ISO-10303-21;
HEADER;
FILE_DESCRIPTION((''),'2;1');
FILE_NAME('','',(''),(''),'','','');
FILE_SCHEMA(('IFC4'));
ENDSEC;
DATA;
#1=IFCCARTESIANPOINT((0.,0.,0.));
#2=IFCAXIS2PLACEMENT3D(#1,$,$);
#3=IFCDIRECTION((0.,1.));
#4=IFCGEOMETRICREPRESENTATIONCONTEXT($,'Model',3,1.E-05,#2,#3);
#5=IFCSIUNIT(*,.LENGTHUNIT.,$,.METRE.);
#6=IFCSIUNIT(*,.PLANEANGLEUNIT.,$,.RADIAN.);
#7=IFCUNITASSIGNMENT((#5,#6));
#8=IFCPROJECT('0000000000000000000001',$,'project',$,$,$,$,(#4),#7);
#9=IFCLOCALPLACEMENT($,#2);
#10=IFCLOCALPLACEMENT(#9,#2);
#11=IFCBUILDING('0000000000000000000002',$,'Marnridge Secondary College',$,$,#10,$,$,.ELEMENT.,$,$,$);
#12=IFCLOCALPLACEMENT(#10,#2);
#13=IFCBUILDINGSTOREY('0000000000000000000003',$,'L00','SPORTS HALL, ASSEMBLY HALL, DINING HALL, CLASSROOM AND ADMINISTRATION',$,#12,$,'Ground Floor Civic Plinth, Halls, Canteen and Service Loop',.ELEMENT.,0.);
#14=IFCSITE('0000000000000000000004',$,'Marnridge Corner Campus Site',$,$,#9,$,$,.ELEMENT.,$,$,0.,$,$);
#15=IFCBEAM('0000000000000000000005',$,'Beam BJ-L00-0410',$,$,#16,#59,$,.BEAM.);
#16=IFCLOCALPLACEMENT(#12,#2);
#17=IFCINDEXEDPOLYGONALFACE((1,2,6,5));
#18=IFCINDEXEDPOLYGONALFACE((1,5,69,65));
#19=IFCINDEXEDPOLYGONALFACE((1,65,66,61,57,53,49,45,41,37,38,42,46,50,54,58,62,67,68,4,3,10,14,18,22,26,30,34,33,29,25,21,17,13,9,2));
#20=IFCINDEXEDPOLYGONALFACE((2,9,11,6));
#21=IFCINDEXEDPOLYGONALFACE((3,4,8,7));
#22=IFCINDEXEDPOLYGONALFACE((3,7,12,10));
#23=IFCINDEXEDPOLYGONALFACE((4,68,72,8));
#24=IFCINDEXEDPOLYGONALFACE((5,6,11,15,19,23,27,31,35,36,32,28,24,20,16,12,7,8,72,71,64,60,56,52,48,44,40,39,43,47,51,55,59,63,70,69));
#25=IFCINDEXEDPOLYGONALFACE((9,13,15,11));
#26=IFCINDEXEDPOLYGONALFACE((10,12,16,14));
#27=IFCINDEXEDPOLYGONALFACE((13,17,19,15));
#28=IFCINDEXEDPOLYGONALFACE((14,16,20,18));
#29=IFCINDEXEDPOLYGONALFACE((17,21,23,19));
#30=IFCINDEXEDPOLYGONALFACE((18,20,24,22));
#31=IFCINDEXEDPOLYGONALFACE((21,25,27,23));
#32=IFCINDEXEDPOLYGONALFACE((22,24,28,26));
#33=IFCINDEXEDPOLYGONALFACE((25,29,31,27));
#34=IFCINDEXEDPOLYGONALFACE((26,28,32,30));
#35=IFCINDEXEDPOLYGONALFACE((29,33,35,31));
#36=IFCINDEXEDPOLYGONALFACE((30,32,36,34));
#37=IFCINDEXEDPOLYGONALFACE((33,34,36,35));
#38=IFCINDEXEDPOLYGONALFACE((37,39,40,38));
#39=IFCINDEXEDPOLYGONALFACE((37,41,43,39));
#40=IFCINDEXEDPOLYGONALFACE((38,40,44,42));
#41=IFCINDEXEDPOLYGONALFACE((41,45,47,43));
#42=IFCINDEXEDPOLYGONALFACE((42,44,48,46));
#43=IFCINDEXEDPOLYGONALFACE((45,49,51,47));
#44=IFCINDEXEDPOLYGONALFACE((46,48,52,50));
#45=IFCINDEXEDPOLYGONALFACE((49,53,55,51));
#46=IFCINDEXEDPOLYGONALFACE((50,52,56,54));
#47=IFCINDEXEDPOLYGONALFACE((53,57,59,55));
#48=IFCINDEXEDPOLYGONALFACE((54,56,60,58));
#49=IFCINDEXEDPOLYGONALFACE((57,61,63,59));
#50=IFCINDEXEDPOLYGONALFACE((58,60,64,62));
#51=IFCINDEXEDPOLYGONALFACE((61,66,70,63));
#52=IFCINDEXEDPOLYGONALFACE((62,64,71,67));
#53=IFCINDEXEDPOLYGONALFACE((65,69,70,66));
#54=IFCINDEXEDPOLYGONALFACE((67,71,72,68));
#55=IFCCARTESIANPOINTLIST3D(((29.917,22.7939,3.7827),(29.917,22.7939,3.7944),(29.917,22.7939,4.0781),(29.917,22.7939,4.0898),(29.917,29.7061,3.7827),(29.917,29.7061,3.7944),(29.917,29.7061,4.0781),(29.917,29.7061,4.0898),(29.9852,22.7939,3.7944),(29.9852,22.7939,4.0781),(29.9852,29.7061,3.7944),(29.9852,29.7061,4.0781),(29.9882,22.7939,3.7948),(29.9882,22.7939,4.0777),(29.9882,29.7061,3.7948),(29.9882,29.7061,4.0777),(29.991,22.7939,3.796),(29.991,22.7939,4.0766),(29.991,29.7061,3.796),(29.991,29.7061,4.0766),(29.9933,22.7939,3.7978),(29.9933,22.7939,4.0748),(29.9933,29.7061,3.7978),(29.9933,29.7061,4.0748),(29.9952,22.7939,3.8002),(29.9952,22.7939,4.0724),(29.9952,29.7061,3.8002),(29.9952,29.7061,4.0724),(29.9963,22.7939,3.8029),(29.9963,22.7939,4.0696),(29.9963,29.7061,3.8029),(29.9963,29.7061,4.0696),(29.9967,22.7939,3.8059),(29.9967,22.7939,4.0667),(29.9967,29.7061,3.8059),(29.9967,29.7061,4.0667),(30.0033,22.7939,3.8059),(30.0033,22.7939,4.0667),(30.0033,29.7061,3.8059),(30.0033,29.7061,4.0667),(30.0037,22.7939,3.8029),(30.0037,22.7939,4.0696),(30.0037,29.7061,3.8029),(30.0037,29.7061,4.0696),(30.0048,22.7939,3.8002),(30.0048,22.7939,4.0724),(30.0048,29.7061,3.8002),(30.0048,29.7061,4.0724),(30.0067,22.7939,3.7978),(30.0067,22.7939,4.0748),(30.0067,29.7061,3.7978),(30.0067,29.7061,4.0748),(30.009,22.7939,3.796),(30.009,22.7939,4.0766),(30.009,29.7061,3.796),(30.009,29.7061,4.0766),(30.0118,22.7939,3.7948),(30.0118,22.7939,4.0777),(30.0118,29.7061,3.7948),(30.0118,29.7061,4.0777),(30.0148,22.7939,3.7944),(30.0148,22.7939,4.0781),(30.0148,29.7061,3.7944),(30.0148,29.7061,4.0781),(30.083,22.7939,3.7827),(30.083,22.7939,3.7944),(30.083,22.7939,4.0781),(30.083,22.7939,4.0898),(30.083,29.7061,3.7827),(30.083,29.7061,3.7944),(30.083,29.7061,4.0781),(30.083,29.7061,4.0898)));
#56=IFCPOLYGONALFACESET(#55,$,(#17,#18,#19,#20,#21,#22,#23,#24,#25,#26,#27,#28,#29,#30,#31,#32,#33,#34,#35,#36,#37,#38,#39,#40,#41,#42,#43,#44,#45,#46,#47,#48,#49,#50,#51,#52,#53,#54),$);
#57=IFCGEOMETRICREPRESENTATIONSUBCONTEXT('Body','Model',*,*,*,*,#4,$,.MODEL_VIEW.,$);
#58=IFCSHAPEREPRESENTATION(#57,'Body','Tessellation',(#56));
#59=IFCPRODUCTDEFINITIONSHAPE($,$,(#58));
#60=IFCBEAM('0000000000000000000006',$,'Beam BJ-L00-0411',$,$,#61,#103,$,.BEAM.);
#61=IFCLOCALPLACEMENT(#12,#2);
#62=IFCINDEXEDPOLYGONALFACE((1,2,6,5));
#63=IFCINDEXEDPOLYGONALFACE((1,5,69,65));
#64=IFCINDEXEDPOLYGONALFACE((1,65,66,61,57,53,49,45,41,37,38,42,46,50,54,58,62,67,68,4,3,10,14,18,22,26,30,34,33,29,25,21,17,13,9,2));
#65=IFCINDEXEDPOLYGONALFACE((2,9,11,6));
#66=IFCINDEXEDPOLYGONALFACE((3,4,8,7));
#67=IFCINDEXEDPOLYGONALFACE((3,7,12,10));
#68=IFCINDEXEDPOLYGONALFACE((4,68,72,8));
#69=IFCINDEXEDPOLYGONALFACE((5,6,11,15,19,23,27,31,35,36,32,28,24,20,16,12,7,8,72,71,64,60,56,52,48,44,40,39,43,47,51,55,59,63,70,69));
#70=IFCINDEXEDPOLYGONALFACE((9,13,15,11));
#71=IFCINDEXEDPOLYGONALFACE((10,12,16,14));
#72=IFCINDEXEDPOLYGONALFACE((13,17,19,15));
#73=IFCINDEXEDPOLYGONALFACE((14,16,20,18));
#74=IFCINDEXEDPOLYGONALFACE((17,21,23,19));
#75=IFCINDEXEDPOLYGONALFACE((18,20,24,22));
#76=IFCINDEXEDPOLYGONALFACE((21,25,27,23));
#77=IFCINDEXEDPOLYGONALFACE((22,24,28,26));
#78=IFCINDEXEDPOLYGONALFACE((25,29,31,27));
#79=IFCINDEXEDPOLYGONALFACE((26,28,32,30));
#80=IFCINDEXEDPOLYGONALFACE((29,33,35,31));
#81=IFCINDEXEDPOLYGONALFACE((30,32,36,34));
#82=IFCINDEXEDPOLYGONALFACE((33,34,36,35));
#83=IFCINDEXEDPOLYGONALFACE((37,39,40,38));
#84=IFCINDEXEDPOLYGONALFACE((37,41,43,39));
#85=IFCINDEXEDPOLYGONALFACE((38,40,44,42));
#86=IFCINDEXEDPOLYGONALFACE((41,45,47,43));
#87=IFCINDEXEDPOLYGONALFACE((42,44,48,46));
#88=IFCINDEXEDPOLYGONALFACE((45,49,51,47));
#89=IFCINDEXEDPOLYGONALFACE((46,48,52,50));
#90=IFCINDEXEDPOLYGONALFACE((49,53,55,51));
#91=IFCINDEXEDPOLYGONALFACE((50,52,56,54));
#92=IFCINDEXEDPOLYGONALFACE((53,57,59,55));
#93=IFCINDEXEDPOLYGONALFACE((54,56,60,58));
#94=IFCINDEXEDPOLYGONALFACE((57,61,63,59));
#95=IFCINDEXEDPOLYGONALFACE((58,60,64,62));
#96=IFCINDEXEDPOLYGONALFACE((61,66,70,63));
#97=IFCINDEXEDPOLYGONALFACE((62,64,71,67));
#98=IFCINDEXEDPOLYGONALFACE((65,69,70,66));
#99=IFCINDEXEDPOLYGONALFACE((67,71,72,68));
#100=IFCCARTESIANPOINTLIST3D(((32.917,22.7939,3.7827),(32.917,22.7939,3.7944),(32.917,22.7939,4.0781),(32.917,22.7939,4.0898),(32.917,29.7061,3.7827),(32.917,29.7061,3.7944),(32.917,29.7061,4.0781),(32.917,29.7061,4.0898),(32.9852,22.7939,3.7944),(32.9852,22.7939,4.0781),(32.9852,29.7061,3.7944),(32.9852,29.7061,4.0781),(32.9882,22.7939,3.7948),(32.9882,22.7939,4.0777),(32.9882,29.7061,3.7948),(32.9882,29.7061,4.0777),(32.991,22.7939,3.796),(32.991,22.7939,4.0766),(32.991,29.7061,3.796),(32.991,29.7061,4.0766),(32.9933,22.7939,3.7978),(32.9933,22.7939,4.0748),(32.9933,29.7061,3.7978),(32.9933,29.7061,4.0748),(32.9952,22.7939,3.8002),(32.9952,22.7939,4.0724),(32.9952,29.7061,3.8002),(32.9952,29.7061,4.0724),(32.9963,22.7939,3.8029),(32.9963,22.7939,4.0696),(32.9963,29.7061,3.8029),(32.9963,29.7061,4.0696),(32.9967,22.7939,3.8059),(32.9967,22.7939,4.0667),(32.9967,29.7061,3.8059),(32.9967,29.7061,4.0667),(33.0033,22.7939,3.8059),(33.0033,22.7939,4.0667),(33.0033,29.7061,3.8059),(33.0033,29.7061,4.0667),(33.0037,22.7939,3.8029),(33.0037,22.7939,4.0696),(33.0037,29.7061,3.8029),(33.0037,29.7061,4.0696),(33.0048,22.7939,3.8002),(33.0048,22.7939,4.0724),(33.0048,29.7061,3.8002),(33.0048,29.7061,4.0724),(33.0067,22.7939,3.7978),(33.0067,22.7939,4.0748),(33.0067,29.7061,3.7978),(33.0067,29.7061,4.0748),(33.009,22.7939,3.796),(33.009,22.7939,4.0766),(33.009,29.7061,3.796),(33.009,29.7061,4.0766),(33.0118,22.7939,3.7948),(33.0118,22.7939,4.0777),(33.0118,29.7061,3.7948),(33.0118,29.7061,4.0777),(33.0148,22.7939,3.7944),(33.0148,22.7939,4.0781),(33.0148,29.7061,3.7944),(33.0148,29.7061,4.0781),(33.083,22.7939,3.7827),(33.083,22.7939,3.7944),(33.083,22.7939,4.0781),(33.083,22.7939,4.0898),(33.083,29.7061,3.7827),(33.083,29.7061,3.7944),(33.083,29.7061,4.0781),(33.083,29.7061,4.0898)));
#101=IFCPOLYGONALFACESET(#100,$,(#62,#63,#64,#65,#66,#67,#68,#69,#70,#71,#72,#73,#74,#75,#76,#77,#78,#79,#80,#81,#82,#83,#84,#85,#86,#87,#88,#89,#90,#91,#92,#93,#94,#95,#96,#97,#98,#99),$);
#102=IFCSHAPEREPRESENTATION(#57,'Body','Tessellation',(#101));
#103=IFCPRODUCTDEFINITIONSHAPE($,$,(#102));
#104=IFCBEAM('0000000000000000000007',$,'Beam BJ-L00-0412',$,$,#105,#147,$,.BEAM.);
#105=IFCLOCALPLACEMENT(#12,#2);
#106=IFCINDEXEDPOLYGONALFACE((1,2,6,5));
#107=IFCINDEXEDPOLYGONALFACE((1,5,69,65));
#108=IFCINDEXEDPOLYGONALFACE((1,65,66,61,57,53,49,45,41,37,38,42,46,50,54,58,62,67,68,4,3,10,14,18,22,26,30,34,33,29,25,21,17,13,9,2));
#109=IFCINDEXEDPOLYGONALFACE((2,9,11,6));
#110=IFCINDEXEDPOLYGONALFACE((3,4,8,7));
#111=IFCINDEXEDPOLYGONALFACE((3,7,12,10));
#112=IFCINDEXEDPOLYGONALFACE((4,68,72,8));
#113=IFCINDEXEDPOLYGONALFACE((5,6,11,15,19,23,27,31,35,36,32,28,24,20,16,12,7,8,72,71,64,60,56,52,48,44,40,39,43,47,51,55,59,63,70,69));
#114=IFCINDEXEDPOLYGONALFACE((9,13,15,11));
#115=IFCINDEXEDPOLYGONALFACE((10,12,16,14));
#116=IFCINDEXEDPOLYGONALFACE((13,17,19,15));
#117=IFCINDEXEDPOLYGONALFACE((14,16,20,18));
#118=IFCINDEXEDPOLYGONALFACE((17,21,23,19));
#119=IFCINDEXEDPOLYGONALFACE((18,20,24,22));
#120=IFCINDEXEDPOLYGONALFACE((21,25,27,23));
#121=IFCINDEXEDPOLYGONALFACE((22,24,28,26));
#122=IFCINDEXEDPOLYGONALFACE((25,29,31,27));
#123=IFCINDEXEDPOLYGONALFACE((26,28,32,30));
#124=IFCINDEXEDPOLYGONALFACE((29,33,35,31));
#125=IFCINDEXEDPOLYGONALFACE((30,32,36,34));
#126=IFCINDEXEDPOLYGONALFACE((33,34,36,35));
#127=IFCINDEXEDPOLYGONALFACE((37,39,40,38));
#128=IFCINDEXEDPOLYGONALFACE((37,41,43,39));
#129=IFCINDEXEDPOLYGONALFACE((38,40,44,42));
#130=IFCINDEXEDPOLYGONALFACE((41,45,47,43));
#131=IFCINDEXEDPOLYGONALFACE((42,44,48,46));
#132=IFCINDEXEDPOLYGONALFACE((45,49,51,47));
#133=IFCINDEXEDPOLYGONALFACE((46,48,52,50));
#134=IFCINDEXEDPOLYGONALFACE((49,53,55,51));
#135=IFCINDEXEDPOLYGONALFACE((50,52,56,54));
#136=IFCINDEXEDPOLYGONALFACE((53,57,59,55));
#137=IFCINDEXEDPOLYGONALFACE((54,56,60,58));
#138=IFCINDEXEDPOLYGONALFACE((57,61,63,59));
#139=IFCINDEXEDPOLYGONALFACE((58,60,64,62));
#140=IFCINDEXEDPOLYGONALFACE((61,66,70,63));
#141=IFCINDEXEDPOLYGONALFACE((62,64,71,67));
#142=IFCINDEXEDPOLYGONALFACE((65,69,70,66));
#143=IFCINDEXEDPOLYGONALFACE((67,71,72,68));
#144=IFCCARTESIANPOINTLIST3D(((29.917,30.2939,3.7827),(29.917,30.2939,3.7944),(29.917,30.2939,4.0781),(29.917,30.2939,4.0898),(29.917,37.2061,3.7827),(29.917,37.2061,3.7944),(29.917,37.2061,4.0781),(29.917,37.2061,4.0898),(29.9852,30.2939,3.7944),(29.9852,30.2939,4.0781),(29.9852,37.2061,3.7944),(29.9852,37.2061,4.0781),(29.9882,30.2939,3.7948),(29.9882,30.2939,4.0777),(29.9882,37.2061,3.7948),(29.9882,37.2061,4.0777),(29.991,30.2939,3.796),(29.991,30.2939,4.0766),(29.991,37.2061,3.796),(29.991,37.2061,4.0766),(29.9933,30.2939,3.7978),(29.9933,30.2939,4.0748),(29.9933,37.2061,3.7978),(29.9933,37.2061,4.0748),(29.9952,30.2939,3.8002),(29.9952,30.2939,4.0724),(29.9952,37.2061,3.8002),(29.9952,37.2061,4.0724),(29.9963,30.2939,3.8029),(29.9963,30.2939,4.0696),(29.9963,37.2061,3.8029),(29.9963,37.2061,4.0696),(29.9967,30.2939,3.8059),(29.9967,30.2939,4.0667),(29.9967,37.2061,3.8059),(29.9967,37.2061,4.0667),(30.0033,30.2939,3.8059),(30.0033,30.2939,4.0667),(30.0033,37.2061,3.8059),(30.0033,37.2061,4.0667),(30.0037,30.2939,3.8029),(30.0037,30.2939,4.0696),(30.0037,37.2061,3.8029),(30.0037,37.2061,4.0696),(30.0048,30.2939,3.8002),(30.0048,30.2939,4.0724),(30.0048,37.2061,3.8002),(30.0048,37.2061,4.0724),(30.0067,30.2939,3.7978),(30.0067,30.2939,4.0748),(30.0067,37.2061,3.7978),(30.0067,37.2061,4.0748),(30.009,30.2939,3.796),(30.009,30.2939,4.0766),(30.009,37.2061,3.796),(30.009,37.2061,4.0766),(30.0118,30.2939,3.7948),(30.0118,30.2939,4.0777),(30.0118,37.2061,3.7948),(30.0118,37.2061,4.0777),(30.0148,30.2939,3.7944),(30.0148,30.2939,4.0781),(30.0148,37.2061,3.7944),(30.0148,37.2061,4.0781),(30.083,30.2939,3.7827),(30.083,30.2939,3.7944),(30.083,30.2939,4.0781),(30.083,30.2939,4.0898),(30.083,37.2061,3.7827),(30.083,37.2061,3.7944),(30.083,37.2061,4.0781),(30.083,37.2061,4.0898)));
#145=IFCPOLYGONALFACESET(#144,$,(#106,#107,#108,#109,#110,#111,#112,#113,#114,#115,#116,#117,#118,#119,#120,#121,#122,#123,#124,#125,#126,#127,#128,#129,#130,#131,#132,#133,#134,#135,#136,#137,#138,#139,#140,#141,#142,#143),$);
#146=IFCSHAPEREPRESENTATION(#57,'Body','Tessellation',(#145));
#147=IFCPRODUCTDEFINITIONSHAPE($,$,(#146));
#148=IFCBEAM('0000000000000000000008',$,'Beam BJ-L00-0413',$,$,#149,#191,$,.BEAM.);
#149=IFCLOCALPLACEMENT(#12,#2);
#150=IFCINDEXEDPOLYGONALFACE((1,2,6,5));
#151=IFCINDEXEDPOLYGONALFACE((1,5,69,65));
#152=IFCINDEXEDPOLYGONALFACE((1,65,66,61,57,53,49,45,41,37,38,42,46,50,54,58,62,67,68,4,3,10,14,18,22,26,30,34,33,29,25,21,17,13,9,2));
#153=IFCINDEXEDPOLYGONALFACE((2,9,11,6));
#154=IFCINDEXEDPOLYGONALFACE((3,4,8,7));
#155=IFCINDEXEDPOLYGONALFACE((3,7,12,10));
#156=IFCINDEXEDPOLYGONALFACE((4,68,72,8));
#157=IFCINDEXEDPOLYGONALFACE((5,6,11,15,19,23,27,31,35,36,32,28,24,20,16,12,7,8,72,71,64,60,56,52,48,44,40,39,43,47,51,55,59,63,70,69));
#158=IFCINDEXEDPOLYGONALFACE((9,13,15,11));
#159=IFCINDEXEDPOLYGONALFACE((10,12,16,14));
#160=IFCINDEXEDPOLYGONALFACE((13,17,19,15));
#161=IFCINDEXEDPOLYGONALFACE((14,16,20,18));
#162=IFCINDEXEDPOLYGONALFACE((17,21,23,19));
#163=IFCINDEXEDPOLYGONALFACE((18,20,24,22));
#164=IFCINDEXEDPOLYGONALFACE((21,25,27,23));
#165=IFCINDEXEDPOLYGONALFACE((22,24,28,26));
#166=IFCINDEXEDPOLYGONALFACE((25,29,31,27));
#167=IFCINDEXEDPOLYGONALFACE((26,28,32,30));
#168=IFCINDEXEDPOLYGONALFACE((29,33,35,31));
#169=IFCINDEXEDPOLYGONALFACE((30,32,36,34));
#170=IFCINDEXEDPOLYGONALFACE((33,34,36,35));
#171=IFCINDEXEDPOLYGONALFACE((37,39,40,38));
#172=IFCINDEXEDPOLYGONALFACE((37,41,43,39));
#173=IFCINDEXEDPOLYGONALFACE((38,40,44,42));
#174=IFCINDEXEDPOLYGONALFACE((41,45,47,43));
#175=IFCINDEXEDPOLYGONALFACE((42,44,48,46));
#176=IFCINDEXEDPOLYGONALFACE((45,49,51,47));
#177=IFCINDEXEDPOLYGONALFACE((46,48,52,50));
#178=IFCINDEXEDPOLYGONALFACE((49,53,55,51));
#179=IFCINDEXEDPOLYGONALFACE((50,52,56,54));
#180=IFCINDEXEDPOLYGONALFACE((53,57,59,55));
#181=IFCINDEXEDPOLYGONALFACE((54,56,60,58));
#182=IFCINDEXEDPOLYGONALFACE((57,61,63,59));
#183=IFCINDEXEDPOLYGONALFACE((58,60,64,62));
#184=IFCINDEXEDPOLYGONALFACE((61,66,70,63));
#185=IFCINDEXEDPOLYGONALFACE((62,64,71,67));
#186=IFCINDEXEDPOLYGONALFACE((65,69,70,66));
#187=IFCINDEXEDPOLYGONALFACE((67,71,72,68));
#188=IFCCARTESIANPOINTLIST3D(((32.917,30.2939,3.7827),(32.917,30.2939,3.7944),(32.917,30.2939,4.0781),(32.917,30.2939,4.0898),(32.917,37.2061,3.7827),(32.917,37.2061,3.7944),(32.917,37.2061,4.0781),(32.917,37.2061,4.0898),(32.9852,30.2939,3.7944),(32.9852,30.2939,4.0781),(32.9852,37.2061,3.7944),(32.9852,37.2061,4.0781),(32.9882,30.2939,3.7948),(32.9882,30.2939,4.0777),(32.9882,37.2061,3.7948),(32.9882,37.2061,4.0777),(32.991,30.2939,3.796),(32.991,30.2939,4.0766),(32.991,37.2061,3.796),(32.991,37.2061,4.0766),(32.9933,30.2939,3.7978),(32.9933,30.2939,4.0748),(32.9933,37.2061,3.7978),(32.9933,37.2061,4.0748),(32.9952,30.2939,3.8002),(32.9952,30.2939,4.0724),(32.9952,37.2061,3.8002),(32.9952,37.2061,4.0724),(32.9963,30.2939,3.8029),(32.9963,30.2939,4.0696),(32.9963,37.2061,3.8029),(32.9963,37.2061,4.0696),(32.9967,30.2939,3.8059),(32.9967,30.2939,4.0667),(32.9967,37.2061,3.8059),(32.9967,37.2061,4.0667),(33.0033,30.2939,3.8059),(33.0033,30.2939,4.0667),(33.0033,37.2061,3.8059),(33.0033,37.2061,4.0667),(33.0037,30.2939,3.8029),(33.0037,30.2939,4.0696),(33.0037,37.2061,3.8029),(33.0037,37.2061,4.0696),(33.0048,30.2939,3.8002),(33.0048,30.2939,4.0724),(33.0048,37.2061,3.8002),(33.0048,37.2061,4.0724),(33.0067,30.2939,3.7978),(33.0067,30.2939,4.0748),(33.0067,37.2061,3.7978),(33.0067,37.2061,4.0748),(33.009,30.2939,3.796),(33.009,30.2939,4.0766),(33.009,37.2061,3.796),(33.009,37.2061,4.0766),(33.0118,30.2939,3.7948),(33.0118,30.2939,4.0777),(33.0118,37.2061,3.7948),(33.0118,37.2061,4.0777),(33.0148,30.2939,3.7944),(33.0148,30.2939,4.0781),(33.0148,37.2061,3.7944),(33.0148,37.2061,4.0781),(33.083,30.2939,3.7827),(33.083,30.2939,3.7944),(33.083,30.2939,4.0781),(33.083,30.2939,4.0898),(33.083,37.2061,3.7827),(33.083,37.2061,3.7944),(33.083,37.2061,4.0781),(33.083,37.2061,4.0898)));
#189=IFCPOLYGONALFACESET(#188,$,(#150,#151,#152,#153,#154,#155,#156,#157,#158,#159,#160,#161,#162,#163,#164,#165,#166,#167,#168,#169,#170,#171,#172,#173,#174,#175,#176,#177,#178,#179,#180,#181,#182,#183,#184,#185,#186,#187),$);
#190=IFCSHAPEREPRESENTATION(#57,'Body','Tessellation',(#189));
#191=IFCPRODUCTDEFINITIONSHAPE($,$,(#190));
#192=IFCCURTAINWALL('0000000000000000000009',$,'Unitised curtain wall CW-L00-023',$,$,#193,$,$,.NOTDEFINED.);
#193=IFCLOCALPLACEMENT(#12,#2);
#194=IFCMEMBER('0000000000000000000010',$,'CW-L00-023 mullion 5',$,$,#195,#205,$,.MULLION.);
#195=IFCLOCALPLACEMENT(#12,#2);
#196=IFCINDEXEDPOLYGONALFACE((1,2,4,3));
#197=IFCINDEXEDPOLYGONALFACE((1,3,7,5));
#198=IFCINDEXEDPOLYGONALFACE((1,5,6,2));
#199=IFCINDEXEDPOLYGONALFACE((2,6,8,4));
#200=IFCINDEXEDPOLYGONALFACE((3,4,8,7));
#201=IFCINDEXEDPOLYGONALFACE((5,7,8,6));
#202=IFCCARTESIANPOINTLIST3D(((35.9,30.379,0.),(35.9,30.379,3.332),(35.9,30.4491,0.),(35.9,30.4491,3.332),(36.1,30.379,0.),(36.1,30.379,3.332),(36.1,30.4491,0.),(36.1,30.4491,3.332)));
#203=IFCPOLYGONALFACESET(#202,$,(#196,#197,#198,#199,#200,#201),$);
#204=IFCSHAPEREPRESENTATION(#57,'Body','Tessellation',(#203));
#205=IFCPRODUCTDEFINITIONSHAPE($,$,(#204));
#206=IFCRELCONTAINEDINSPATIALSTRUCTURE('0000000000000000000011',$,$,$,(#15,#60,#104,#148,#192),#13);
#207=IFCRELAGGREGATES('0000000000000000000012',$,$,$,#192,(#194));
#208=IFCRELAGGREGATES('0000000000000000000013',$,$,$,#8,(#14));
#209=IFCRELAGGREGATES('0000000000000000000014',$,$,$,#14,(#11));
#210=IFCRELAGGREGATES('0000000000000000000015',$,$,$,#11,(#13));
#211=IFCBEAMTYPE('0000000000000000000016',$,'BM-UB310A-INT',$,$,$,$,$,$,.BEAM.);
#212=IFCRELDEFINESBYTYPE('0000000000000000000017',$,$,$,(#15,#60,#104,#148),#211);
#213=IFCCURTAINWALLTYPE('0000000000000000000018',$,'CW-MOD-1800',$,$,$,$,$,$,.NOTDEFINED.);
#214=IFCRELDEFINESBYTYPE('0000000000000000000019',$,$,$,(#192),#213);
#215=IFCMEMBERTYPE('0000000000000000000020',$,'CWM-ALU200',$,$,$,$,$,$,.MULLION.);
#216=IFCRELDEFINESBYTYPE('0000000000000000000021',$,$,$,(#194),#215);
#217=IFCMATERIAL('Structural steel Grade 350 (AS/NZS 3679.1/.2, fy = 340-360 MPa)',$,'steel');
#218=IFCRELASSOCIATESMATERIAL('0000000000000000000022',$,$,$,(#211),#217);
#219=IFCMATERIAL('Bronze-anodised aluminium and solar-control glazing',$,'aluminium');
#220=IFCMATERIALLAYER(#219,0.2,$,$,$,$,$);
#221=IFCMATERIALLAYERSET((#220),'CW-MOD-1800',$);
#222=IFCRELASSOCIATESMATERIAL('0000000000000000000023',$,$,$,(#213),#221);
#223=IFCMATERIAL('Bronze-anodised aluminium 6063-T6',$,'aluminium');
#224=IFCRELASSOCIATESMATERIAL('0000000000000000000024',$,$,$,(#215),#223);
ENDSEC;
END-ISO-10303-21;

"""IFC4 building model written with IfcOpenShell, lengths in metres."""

from ifc_helpers import new_model, si_unit, direction, frame, origin, origin_2d, place, context, subcontext, project, spatial, rectangle, i_section, extrude, material, layer, layer_set, material_profile, profile_set, type_object, element, aggregate, save


model = new_model("IFC4")

# Units and contexts
model_context = context("Model", 3, precision=1e-05, world=origin(), true_north=direction((0.0, 1.0)))
body_context = subcontext(model_context, "Body", "Model", "MODEL_VIEW")
ifc_project = project(units=[si_unit("LENGTHUNIT", "METRE"), si_unit("PLANEANGLEUNIT", "RADIAN")], contexts=[model_context])

# Site, building, storey
site_placement = place(None, origin())
site = spatial("IfcSite", under=ifc_project, at=site_placement, Name="Marnridge Corner Campus Site", CompositionType="ELEMENT", RefElevation=0.0)
building_placement = place(site_placement, origin())
building = spatial("IfcBuilding", under=site, at=building_placement, Name="Marnridge Secondary College", CompositionType="ELEMENT")
storey_placement = place(building_placement, origin())
storey = spatial("IfcBuildingStorey", under=building, at=storey_placement, Name="L00", Description="SPORTS HALL, ASSEMBLY HALL, DINING HALL, CLASSROOM AND ADMINISTRATION", LongName="Ground Floor Civic Plinth, Halls, Canteen and Service Loop", CompositionType="ELEMENT", Elevation=0.0)

# Beams
ifc_material_1 = material(Name="Structural steel Grade 350 (AS/NZS 3679.1/.2, fy = 340-360 MPa)", Category="steel")
ifc_material_profile_1 = material_profile(ifc_material_1, i_section(OverallWidth=0.166, OverallDepth=0.3071, WebThickness=0.0066, FlangeThickness=0.0117, FilletRadius=0.0115, at=origin_2d()), Name="310UB46.2")
ifc_profile_set_1 = profile_set([ifc_material_profile_1], Name="Structural steel Grade 350 (AS/NZS 3679.1/.2, fy = 340-360 MPa)")
beam_type_1 = type_object("IfcBeamType", Name="BM-UB310A-INT", PredefinedType="BEAM", material=ifc_profile_set_1)
for number, where, z_axis, x_axis, name in (
    (1, (30.0, 22.7939, 3.9363), (0.0, 1.0, 0.0), (-1.0, 0.0, 0.0), "Beam BJ-L00-0410"),
    (2, (33.0, 22.7939, 3.9363), (0.0, 1.0, 0.0), (-1.0, 0.0, 0.0), "Beam BJ-L00-0411"),
    (3, (30.0, 30.2939, 3.9363), (0.0, 1.0, 0.0), (-1.0, 0.0, 0.0), "Beam BJ-L00-0412"),
    (4, (33.0, 30.2939, 3.9363), (0.0, 1.0, 0.0), (-1.0, 0.0, 0.0), "Beam BJ-L00-0413"),
):
    element("IfcBeam", number, at=place(storey_placement, frame(where, z_axis=z_axis, x_axis=x_axis)), inside=storey, type_object=beam_type_1, Name=name, PredefinedType="BEAM", context=body_context, shape_type="SweptSolid", body=[
        extrude(i_section(OverallWidth=0.166, OverallDepth=0.3071, WebThickness=0.0066, FlangeThickness=0.0117, FilletRadius=0.0115, at=origin_2d()), origin(), (0.0, 0.0, 1.0), 6.9121),
    ])

# Curtain wall, member
ifc_material_2 = material(Name="Bronze-anodised aluminium and solar-control glazing", Category="aluminium")
ifc_layer_1 = layer(ifc_material_2, 0.2)
ifc_layer_set_1 = layer_set([ifc_layer_1], Name="CW-MOD-1800")
curtain_wall_type = type_object("IfcCurtainWallType", Name="CW-MOD-1800", PredefinedType="NOTDEFINED", material=ifc_layer_set_1)
curtain_wall_placement = place(storey_placement, origin())
curtain_wall = element("IfcCurtainWall", 5, at=curtain_wall_placement, inside=storey, type_object=curtain_wall_type, Name="Unitised curtain wall CW-L00-023", PredefinedType="NOTDEFINED")
ifc_material_3 = material(Name="Bronze-anodised aluminium 6063-T6", Category="aluminium")
ifc_material_profile_2 = material_profile(ifc_material_3, rectangle(XDim=0.0701, YDim=0.2, at=origin_2d()), Name="ALU 70x200")
ifc_profile_set_2 = profile_set([ifc_material_profile_2], Name="Bronze-anodised aluminium 6063-T6")
member_type = type_object("IfcMemberType", Name="CWM-ALU200", PredefinedType="MULLION", material=ifc_profile_set_2)
member_placement = place(storey_placement, frame((36.0, 30.4141, 0.0), z_axis=(0.0, 0.0, 1.0), x_axis=(0.0, -1.0, 0.0)))
member = element("IfcMember", 6, at=member_placement, type_object=member_type, Name="CW-L00-023 mullion 5", PredefinedType="MULLION", context=body_context, shape_type="SweptSolid", body=[
    extrude(rectangle(XDim=0.0701, YDim=0.2, at=origin_2d()), origin(), (0.0, 0.0, 1.0), 3.332),
])
aggregate(curtain_wall, [member])

save(model, "model.ifc")
